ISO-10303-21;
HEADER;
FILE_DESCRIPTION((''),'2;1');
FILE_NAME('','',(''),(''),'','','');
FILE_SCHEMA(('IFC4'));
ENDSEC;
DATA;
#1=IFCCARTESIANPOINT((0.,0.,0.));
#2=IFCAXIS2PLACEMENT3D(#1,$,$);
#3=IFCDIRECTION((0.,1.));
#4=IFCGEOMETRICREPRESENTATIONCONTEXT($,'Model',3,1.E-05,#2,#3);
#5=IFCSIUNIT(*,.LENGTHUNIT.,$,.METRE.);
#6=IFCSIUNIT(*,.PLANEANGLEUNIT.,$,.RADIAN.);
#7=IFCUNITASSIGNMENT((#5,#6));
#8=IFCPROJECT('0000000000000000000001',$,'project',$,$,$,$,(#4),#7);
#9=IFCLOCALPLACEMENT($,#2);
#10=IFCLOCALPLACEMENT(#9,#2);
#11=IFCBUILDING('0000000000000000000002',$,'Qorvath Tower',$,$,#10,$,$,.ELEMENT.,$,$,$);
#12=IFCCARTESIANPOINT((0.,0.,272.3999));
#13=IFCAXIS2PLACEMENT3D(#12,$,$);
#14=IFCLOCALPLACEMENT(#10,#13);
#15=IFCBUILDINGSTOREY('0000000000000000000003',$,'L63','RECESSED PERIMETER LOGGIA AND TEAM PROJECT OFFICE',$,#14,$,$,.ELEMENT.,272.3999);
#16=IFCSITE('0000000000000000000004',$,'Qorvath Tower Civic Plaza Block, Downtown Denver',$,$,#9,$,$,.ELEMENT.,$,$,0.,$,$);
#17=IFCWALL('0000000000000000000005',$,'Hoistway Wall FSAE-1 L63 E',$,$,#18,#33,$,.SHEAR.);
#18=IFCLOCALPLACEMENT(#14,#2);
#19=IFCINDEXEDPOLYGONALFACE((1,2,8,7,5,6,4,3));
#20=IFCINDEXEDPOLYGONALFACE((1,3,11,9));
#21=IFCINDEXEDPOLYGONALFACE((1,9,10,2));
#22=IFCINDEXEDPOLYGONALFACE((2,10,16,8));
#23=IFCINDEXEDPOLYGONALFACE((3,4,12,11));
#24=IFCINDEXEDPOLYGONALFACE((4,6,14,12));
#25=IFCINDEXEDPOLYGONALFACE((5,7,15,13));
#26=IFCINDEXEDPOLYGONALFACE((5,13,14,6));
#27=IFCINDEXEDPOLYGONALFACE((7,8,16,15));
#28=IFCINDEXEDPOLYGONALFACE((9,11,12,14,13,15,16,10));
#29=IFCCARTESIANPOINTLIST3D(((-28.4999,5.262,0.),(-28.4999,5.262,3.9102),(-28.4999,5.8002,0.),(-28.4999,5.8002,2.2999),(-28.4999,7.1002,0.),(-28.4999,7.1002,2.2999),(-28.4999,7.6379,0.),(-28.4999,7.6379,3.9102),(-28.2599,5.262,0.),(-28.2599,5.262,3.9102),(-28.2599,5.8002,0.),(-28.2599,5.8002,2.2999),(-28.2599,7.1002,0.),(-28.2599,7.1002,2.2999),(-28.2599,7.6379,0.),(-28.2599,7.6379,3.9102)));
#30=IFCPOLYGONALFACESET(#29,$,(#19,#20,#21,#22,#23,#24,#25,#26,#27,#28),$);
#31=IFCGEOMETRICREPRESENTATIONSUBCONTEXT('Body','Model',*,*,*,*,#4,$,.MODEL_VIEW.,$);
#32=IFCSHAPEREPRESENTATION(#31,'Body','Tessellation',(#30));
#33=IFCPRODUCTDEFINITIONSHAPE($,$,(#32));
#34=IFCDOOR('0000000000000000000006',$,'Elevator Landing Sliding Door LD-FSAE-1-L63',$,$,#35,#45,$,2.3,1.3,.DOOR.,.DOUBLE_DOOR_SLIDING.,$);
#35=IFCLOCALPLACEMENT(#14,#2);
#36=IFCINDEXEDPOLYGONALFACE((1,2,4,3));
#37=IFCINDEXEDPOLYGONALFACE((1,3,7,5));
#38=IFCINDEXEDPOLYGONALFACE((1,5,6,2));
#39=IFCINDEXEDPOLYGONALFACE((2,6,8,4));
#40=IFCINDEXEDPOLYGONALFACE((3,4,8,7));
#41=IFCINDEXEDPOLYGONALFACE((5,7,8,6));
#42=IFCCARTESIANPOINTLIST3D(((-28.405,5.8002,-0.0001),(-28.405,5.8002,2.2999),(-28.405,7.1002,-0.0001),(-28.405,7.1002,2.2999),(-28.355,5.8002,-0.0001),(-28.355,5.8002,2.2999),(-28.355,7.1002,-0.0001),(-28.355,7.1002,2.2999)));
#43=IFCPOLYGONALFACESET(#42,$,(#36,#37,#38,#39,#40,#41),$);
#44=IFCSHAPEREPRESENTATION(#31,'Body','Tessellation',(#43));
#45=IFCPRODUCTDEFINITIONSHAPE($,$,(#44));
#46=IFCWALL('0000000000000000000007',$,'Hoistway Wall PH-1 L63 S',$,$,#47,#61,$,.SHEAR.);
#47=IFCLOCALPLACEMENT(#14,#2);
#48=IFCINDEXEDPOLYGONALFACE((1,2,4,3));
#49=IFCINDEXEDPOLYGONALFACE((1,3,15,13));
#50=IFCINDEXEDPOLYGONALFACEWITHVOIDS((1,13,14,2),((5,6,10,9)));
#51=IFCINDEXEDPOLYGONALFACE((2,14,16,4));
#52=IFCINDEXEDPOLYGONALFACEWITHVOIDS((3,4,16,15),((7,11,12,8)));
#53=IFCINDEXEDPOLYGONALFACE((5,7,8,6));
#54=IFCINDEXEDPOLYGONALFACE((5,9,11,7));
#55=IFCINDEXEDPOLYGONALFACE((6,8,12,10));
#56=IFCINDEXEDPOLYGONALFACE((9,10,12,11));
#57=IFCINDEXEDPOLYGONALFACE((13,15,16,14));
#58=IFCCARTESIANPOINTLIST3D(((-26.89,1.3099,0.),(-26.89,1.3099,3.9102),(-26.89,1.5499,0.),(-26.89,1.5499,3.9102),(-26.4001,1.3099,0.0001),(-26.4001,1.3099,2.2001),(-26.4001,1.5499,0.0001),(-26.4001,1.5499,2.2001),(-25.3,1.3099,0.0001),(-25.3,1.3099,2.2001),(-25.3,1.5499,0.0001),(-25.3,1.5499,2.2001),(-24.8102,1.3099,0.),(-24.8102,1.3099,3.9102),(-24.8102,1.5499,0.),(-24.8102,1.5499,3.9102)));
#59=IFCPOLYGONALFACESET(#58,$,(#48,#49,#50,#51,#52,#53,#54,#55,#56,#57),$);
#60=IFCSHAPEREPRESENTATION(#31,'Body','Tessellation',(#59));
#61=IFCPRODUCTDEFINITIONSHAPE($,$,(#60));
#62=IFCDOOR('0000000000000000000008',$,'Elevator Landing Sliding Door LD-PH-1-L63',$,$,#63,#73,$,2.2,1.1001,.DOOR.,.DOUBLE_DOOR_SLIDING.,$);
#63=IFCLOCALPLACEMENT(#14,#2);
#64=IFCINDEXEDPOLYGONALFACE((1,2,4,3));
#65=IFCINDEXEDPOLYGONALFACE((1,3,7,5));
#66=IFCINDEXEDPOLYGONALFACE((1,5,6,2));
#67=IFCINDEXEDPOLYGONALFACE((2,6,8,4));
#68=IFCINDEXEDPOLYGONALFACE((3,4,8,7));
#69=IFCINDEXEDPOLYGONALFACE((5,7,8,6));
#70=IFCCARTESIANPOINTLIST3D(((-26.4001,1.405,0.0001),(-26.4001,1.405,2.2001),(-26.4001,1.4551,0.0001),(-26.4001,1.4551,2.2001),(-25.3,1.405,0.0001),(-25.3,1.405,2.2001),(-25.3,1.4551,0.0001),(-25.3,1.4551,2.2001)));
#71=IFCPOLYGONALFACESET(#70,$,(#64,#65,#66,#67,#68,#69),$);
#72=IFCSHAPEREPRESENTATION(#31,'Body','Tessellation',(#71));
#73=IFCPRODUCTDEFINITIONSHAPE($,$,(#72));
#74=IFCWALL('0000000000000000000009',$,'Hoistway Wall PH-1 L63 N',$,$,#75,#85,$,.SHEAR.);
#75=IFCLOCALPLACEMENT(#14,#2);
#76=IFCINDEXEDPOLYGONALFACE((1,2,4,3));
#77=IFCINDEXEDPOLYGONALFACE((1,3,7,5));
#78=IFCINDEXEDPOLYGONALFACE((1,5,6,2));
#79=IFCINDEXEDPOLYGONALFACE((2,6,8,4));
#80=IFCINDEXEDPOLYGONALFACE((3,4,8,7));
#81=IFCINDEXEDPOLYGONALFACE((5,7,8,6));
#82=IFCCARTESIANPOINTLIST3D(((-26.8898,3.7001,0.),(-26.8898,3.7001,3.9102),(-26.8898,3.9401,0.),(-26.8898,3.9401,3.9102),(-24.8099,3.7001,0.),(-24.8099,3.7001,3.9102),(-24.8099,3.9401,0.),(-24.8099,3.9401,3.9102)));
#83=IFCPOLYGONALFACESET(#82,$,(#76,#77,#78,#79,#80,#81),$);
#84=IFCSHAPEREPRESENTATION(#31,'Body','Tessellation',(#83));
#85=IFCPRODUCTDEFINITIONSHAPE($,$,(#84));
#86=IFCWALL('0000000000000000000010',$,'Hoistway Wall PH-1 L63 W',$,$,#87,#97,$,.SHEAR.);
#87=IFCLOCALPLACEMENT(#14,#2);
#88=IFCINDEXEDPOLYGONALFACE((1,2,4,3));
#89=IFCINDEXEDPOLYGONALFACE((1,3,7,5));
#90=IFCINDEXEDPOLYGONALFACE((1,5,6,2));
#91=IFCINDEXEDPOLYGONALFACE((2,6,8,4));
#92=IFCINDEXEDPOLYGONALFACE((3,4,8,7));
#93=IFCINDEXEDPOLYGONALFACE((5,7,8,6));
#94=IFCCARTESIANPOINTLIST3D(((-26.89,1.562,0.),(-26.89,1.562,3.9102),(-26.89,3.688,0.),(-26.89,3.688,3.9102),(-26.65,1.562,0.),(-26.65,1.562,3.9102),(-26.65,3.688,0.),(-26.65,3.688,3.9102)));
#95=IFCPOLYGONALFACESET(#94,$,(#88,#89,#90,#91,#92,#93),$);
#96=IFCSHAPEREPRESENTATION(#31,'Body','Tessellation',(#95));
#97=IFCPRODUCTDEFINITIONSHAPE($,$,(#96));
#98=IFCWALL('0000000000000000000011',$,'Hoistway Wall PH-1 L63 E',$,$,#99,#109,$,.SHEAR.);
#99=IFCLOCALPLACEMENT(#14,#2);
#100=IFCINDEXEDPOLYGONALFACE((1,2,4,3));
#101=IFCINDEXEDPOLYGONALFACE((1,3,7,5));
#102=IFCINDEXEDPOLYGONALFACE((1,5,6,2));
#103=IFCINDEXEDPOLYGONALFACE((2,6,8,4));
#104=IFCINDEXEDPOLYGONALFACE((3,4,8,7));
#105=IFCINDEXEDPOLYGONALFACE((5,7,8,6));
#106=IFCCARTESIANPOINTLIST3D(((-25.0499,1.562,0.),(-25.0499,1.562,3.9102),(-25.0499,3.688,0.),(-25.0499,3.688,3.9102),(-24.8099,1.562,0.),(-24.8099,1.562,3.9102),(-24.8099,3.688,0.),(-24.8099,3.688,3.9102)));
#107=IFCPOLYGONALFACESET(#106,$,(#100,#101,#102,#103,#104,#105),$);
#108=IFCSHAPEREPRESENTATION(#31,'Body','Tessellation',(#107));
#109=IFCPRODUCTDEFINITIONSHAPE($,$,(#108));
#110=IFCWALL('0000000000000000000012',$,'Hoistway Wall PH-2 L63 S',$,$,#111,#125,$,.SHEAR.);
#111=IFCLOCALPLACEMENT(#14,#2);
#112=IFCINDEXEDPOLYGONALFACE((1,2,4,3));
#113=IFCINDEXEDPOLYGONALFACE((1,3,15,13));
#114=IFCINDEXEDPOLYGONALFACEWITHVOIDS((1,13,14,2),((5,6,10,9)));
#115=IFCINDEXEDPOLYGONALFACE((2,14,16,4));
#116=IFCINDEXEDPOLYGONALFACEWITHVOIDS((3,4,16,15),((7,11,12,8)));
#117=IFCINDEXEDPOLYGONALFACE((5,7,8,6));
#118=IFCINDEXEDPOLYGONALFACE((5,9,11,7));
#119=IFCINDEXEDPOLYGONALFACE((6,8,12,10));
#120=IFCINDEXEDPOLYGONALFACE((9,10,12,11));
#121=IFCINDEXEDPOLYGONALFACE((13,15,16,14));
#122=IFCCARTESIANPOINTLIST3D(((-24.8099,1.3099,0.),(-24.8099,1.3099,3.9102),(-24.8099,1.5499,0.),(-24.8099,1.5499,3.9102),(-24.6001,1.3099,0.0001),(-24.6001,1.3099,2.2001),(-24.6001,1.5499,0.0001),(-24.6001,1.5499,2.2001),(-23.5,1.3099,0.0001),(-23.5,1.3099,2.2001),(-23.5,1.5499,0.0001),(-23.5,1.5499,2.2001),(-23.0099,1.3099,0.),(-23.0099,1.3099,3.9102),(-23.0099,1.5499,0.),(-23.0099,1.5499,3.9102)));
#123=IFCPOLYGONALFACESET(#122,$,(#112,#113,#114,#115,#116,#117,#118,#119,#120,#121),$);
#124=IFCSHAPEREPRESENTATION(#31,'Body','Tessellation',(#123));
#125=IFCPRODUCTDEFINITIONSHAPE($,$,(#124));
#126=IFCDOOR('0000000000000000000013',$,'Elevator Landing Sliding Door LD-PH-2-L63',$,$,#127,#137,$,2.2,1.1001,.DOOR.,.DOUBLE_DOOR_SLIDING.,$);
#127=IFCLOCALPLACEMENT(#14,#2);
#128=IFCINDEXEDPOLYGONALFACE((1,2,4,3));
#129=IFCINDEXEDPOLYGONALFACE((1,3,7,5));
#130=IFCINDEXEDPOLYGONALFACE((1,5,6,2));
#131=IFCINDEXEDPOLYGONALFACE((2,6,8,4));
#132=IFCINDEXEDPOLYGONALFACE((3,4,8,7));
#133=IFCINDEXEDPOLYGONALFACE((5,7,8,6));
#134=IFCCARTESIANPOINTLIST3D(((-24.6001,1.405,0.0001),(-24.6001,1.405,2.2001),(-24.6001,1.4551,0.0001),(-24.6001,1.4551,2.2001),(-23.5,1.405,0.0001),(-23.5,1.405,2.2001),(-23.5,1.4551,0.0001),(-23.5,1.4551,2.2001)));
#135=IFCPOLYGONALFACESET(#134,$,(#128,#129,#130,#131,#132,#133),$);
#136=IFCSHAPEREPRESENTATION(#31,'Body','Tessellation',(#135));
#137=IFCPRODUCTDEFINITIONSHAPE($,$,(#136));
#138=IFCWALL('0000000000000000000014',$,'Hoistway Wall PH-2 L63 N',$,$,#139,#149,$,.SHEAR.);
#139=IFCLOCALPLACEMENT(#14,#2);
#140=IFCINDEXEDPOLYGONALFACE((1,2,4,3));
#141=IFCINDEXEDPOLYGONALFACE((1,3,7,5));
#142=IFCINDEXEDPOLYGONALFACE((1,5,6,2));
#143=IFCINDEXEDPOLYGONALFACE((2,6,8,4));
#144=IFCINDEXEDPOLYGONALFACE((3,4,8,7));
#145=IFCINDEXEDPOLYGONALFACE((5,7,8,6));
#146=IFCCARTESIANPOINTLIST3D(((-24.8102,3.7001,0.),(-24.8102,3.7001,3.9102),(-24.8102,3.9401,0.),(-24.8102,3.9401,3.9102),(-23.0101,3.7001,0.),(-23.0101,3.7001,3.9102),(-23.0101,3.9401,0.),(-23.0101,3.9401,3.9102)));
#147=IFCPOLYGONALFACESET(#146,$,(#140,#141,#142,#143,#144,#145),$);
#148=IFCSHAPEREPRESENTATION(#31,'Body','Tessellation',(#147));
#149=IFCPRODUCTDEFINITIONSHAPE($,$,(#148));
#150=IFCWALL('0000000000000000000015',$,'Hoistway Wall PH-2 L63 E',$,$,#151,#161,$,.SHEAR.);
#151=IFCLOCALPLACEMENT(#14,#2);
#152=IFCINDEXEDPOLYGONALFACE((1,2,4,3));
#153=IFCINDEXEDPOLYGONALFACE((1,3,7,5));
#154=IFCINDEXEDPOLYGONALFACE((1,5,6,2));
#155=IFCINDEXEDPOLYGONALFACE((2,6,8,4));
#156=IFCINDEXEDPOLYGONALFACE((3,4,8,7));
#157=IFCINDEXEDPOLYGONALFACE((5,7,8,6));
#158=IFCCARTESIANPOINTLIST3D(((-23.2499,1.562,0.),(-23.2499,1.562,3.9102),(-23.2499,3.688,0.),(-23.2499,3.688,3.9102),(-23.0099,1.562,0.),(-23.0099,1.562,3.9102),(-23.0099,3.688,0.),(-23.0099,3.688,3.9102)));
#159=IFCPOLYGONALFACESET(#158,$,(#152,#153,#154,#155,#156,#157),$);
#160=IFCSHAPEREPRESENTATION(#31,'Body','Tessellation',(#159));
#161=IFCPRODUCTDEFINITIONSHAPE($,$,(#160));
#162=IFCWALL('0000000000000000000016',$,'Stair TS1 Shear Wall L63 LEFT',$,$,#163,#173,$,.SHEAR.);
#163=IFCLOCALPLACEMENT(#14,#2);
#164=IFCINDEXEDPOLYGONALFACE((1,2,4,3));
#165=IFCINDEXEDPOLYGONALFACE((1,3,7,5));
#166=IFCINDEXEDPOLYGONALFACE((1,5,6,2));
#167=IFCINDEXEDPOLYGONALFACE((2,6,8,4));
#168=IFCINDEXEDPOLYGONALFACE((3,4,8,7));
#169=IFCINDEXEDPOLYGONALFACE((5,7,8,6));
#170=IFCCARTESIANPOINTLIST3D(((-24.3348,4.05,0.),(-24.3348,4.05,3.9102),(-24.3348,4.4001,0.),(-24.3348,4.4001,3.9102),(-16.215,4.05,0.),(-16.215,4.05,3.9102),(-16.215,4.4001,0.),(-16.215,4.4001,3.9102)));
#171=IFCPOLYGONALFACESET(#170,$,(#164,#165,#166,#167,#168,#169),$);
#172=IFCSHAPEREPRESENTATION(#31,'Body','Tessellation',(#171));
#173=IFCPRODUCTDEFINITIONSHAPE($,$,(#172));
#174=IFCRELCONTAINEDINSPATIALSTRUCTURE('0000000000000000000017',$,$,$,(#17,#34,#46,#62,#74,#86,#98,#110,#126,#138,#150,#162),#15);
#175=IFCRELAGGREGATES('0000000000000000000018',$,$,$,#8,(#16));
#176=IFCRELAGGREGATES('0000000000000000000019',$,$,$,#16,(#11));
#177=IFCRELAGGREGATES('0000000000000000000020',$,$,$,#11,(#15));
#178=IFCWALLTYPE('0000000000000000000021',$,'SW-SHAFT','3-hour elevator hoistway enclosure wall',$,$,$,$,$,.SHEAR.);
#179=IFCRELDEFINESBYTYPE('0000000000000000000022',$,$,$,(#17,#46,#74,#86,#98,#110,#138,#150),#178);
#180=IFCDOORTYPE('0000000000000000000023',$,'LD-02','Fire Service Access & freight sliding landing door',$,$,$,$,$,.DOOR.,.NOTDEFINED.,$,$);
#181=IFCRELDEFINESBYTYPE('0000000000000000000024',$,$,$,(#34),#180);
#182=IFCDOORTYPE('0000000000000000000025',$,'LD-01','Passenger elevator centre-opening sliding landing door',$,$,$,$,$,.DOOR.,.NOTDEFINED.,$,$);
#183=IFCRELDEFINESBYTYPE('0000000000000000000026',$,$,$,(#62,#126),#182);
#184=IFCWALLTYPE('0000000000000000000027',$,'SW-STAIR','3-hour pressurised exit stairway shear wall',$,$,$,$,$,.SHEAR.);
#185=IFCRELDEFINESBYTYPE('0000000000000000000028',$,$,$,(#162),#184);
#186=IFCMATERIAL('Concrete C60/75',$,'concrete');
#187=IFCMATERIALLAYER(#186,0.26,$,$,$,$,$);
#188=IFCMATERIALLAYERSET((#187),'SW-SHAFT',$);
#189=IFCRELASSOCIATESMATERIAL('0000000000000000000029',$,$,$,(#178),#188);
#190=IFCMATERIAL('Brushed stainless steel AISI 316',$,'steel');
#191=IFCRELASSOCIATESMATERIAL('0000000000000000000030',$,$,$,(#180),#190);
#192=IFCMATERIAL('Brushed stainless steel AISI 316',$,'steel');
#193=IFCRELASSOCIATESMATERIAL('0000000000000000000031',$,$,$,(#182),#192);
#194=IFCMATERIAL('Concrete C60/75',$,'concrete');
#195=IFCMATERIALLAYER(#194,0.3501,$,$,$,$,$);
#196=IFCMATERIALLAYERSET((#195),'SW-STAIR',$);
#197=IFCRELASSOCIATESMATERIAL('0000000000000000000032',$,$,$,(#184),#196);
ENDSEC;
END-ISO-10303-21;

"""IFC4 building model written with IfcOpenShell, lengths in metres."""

from ifc_helpers import new_model, si_unit, direction, frame, frame_2d, origin, place, context, subcontext, project, spatial, rectangle, extrude, material, layer, layer_set, type_object, element, fill, save


model = new_model("IFC4")

# Units and contexts
model_context = context("Model", 3, precision=1e-05, world=origin(), true_north=direction((0.0, 1.0)))
body_context = subcontext(model_context, "Body", "Model", "MODEL_VIEW")
ifc_project = project(units=[si_unit("LENGTHUNIT", "METRE"), si_unit("PLANEANGLEUNIT", "RADIAN")], contexts=[model_context])

# Site, building, storey
site_placement = place(None, origin())
site = spatial("IfcSite", under=ifc_project, at=site_placement, Name="Qorvath Tower Civic Plaza Block, Downtown Denver", CompositionType="ELEMENT", RefElevation=0.0)
building_placement = place(site_placement, origin())
building = spatial("IfcBuilding", under=site, at=building_placement, Name="Qorvath Tower", CompositionType="ELEMENT")
storey_placement = place(building_placement, frame((0.0, 0.0, 272.3999)))
storey = spatial("IfcBuildingStorey", under=building, at=storey_placement, Name="L63", Description="RECESSED PERIMETER LOGGIA AND TEAM PROJECT OFFICE", CompositionType="ELEMENT", Elevation=272.3999)

# Shared definitions
ifc_material_1 = material(Name="Concrete C60/75", Category="concrete")
ifc_layer_1 = layer(ifc_material_1, 0.26)
ifc_layer_set_1 = layer_set([ifc_layer_1], Name="SW-SHAFT")
wall_type_1 = type_object("IfcWallType", Name="SW-SHAFT", Description="3-hour elevator hoistway enclosure wall", PredefinedType="SHEAR", material=ifc_layer_set_1)

# Walls, openings, doors
wall_1_placement = place(storey_placement, frame((-28.3799, 7.6379, 0.0), z_axis=(0.0, 0.0, 1.0), x_axis=(0.0, -1.0, 0.0)))
wall_1 = element("IfcWall", 1, at=wall_1_placement, inside=storey, type_object=wall_type_1, Name="Hoistway Wall FSAE-1 L63 E", PredefinedType="SHEAR", context=body_context, shape_type="SweptSolid", body=[
    extrude(rectangle(XDim=2.376, YDim=0.24, at=frame_2d((1.188, 0.0))), origin(), (0.0, 0.0, 1.0), 3.9102),
])
opening_1_placement = place(wall_1_placement, frame((0.5378, 0.0, 0.0)))
opening_1 = element("IfcOpeningElement", 2, at=opening_1_placement, cuts=wall_1, PredefinedType="OPENING", context=body_context, shape_type="SweptSolid", body=[
    extrude(rectangle(XDim=1.3, YDim=2.3, at=frame_2d((0.6499, 1.1499))), frame((0.0, 0.1299, 0.0), z_axis=(0.0, -1.0, 0.0), x_axis=(1.0, 0.0, 0.0)), (0.0, 0.0, 1.0), 0.26),
])
ifc_material_2 = material(Name="Brushed stainless steel AISI 316", Category="steel")
door_type_1 = type_object("IfcDoorType", Name="LD-02", Description="Fire Service Access & freight sliding landing door", OperationType="NOTDEFINED", PredefinedType="DOOR", material=ifc_material_2)
door_1_placement = place(opening_1_placement, origin())
door_1 = element("IfcDoor", 3, at=door_1_placement, inside=storey, type_object=door_type_1, Name="Elevator Landing Sliding Door LD-FSAE-1-L63", OperationType="DOUBLE_DOOR_SLIDING", OverallHeight=2.3, OverallWidth=1.3, PredefinedType="DOOR", context=body_context, shape_type="SweptSolid", body=[
    extrude(rectangle(XDim=1.3, YDim=2.3, at=frame_2d((0.6499, 1.1499))), frame((0.0, 0.0249, 0.0), z_axis=(0.0, -1.0, 0.0), x_axis=(1.0, 0.0, 0.0)), (0.0, 0.0, 1.0), 0.05),
])
fill(opening_1, door_1)
wall_2_placement = place(storey_placement, frame((-24.8101, 1.4299, 0.0), z_axis=(0.0, 0.0, 1.0), x_axis=(-1.0, 0.0, 0.0)))
wall_2 = element("IfcWall", 4, at=wall_2_placement, inside=storey, type_object=wall_type_1, Name="Hoistway Wall PH-1 L63 S", PredefinedType="SHEAR", context=body_context, shape_type="SweptSolid", body=[
    extrude(rectangle(XDim=2.0798, YDim=0.24, at=frame_2d((1.04, 0.0))), origin(), (0.0, 0.0, 1.0), 3.9102),
])
opening_2_placement = place(wall_2_placement, frame((0.49, 0.0, 0.0)))
opening_2 = element("IfcOpeningElement", 5, at=opening_2_placement, cuts=wall_2, PredefinedType="OPENING", context=body_context, shape_type="SweptSolid", body=[
    extrude(rectangle(XDim=1.1001, YDim=2.2, at=frame_2d((0.55, 1.1001))), frame((0.0, 0.1299, 0.0), z_axis=(0.0, -1.0, 0.0), x_axis=(1.0, 0.0, 0.0)), (0.0, 0.0, 1.0), 0.26),
])
ifc_material_3 = material(Name="Brushed stainless steel AISI 316", Category="steel")
door_type_2 = type_object("IfcDoorType", Name="LD-01", Description="Passenger elevator centre-opening sliding landing door", OperationType="NOTDEFINED", PredefinedType="DOOR", material=ifc_material_3)
door_2_placement = place(opening_2_placement, origin())
door_2 = element("IfcDoor", 6, at=door_2_placement, inside=storey, type_object=door_type_2, Name="Elevator Landing Sliding Door LD-PH-1-L63", OperationType="DOUBLE_DOOR_SLIDING", OverallHeight=2.2, OverallWidth=1.1001, PredefinedType="DOOR", context=body_context, shape_type="SweptSolid", body=[
    extrude(rectangle(XDim=1.1001, YDim=2.2, at=frame_2d((0.55, 1.1001))), frame((0.0, 0.0249, 0.0), z_axis=(0.0, -1.0, 0.0), x_axis=(1.0, 0.0, 0.0)), (0.0, 0.0, 1.0), 0.05),
])
fill(opening_2, door_2)

# Walls
wall_3_placement = place(storey_placement, frame((-26.8899, 3.8201, 0.0), z_axis=(0.0, 0.0, 1.0), x_axis=(1.0, 0.0, 0.0)))
element("IfcWall", 7, at=wall_3_placement, inside=storey, type_object=wall_type_1, Name="Hoistway Wall PH-1 L63 N", PredefinedType="SHEAR", context=body_context, shape_type="SweptSolid", body=[
    extrude(rectangle(XDim=2.0798, YDim=0.24, at=frame_2d((1.04, 0.0))), origin(), (0.0, 0.0, 1.0), 3.9102),
])
for number, where, z_axis, x_axis, name in (
    (8, (-26.77, 1.562, 0.0), (0.0, 0.0, 1.0), (0.0, 1.0, 0.0), "Hoistway Wall PH-1 L63 W"),
    (9, (-24.9299, 3.688, 0.0), (0.0, 0.0, 1.0), (0.0, -1.0, 0.0), "Hoistway Wall PH-1 L63 E"),
):
    element("IfcWall", number, at=place(storey_placement, frame(where, z_axis=z_axis, x_axis=x_axis)), inside=storey, type_object=wall_type_1, Name=name, PredefinedType="SHEAR", context=body_context, shape_type="SweptSolid", body=[
        extrude(rectangle(XDim=2.126, YDim=0.24, at=frame_2d((1.063, 0.0))), origin(), (0.0, 0.0, 1.0), 3.9102),
    ])

# Wall, opening, door
wall_4_placement = place(storey_placement, frame((-23.01, 1.4299, 0.0), z_axis=(0.0, 0.0, 1.0), x_axis=(-1.0, 0.0, 0.0)))
wall_4 = element("IfcWall", 10, at=wall_4_placement, inside=storey, type_object=wall_type_1, Name="Hoistway Wall PH-2 L63 S", PredefinedType="SHEAR", context=body_context, shape_type="SweptSolid", body=[
    extrude(rectangle(XDim=1.8, YDim=0.24, at=frame_2d((0.8999, 0.0))), origin(), (0.0, 0.0, 1.0), 3.9102),
])
opening_3_placement = place(wall_4_placement, frame((0.49, 0.0, 0.0)))
opening_3 = element("IfcOpeningElement", 11, at=opening_3_placement, cuts=wall_4, PredefinedType="OPENING", context=body_context, shape_type="SweptSolid", body=[
    extrude(rectangle(XDim=1.1001, YDim=2.2, at=frame_2d((0.55, 1.1001))), frame((0.0, 0.1299, 0.0), z_axis=(0.0, -1.0, 0.0), x_axis=(1.0, 0.0, 0.0)), (0.0, 0.0, 1.0), 0.26),
])
door_3_placement = place(opening_3_placement, origin())
door_3 = element("IfcDoor", 12, at=door_3_placement, inside=storey, type_object=door_type_2, Name="Elevator Landing Sliding Door LD-PH-2-L63", OperationType="DOUBLE_DOOR_SLIDING", OverallHeight=2.2, OverallWidth=1.1001, PredefinedType="DOOR", context=body_context, shape_type="SweptSolid", body=[
    extrude(rectangle(XDim=1.1001, YDim=2.2, at=frame_2d((0.55, 1.1001))), frame((0.0, 0.0249, 0.0), z_axis=(0.0, -1.0, 0.0), x_axis=(1.0, 0.0, 0.0)), (0.0, 0.0, 1.0), 0.05),
])
fill(opening_3, door_3)

# Walls
wall_5_placement = place(storey_placement, frame((-24.8101, 3.8201, 0.0), z_axis=(0.0, 0.0, 1.0), x_axis=(1.0, 0.0, 0.0)))
element("IfcWall", 13, at=wall_5_placement, inside=storey, type_object=wall_type_1, Name="Hoistway Wall PH-2 L63 N", PredefinedType="SHEAR", context=body_context, shape_type="SweptSolid", body=[
    extrude(rectangle(XDim=1.8, YDim=0.24, at=frame_2d((0.8999, 0.0))), origin(), (0.0, 0.0, 1.0), 3.9102),
])
wall_6_placement = place(storey_placement, frame((-23.1299, 3.688, 0.0), z_axis=(0.0, 0.0, 1.0), x_axis=(0.0, -1.0, 0.0)))
element("IfcWall", 14, at=wall_6_placement, inside=storey, type_object=wall_type_1, Name="Hoistway Wall PH-2 L63 E", PredefinedType="SHEAR", context=body_context, shape_type="SweptSolid", body=[
    extrude(rectangle(XDim=2.126, YDim=0.24, at=frame_2d((1.063, 0.0))), origin(), (0.0, 0.0, 1.0), 3.9102),
])
ifc_material_4 = material(Name="Concrete C60/75", Category="concrete")
ifc_layer_2 = layer(ifc_material_4, 0.3501)
ifc_layer_set_2 = layer_set([ifc_layer_2], Name="SW-STAIR")
wall_type_2 = type_object("IfcWallType", Name="SW-STAIR", Description="3-hour pressurised exit stairway shear wall", PredefinedType="SHEAR", material=ifc_layer_set_2)
wall_7_placement = place(storey_placement, frame((-24.335, 4.2251, 0.0), z_axis=(0.0, 0.0, 1.0), x_axis=(1.0, 0.0, 0.0)))
element("IfcWall", 15, at=wall_7_placement, inside=storey, type_object=wall_type_2, Name="Stair TS1 Shear Wall L63 LEFT", PredefinedType="SHEAR", context=body_context, shape_type="SweptSolid", body=[
    extrude(rectangle(XDim=8.1199, YDim=0.3501, at=frame_2d((4.0601, 0.0))), origin(), (0.0, 0.0, 1.0), 3.9102),
])

save(model, "model.ifc")
